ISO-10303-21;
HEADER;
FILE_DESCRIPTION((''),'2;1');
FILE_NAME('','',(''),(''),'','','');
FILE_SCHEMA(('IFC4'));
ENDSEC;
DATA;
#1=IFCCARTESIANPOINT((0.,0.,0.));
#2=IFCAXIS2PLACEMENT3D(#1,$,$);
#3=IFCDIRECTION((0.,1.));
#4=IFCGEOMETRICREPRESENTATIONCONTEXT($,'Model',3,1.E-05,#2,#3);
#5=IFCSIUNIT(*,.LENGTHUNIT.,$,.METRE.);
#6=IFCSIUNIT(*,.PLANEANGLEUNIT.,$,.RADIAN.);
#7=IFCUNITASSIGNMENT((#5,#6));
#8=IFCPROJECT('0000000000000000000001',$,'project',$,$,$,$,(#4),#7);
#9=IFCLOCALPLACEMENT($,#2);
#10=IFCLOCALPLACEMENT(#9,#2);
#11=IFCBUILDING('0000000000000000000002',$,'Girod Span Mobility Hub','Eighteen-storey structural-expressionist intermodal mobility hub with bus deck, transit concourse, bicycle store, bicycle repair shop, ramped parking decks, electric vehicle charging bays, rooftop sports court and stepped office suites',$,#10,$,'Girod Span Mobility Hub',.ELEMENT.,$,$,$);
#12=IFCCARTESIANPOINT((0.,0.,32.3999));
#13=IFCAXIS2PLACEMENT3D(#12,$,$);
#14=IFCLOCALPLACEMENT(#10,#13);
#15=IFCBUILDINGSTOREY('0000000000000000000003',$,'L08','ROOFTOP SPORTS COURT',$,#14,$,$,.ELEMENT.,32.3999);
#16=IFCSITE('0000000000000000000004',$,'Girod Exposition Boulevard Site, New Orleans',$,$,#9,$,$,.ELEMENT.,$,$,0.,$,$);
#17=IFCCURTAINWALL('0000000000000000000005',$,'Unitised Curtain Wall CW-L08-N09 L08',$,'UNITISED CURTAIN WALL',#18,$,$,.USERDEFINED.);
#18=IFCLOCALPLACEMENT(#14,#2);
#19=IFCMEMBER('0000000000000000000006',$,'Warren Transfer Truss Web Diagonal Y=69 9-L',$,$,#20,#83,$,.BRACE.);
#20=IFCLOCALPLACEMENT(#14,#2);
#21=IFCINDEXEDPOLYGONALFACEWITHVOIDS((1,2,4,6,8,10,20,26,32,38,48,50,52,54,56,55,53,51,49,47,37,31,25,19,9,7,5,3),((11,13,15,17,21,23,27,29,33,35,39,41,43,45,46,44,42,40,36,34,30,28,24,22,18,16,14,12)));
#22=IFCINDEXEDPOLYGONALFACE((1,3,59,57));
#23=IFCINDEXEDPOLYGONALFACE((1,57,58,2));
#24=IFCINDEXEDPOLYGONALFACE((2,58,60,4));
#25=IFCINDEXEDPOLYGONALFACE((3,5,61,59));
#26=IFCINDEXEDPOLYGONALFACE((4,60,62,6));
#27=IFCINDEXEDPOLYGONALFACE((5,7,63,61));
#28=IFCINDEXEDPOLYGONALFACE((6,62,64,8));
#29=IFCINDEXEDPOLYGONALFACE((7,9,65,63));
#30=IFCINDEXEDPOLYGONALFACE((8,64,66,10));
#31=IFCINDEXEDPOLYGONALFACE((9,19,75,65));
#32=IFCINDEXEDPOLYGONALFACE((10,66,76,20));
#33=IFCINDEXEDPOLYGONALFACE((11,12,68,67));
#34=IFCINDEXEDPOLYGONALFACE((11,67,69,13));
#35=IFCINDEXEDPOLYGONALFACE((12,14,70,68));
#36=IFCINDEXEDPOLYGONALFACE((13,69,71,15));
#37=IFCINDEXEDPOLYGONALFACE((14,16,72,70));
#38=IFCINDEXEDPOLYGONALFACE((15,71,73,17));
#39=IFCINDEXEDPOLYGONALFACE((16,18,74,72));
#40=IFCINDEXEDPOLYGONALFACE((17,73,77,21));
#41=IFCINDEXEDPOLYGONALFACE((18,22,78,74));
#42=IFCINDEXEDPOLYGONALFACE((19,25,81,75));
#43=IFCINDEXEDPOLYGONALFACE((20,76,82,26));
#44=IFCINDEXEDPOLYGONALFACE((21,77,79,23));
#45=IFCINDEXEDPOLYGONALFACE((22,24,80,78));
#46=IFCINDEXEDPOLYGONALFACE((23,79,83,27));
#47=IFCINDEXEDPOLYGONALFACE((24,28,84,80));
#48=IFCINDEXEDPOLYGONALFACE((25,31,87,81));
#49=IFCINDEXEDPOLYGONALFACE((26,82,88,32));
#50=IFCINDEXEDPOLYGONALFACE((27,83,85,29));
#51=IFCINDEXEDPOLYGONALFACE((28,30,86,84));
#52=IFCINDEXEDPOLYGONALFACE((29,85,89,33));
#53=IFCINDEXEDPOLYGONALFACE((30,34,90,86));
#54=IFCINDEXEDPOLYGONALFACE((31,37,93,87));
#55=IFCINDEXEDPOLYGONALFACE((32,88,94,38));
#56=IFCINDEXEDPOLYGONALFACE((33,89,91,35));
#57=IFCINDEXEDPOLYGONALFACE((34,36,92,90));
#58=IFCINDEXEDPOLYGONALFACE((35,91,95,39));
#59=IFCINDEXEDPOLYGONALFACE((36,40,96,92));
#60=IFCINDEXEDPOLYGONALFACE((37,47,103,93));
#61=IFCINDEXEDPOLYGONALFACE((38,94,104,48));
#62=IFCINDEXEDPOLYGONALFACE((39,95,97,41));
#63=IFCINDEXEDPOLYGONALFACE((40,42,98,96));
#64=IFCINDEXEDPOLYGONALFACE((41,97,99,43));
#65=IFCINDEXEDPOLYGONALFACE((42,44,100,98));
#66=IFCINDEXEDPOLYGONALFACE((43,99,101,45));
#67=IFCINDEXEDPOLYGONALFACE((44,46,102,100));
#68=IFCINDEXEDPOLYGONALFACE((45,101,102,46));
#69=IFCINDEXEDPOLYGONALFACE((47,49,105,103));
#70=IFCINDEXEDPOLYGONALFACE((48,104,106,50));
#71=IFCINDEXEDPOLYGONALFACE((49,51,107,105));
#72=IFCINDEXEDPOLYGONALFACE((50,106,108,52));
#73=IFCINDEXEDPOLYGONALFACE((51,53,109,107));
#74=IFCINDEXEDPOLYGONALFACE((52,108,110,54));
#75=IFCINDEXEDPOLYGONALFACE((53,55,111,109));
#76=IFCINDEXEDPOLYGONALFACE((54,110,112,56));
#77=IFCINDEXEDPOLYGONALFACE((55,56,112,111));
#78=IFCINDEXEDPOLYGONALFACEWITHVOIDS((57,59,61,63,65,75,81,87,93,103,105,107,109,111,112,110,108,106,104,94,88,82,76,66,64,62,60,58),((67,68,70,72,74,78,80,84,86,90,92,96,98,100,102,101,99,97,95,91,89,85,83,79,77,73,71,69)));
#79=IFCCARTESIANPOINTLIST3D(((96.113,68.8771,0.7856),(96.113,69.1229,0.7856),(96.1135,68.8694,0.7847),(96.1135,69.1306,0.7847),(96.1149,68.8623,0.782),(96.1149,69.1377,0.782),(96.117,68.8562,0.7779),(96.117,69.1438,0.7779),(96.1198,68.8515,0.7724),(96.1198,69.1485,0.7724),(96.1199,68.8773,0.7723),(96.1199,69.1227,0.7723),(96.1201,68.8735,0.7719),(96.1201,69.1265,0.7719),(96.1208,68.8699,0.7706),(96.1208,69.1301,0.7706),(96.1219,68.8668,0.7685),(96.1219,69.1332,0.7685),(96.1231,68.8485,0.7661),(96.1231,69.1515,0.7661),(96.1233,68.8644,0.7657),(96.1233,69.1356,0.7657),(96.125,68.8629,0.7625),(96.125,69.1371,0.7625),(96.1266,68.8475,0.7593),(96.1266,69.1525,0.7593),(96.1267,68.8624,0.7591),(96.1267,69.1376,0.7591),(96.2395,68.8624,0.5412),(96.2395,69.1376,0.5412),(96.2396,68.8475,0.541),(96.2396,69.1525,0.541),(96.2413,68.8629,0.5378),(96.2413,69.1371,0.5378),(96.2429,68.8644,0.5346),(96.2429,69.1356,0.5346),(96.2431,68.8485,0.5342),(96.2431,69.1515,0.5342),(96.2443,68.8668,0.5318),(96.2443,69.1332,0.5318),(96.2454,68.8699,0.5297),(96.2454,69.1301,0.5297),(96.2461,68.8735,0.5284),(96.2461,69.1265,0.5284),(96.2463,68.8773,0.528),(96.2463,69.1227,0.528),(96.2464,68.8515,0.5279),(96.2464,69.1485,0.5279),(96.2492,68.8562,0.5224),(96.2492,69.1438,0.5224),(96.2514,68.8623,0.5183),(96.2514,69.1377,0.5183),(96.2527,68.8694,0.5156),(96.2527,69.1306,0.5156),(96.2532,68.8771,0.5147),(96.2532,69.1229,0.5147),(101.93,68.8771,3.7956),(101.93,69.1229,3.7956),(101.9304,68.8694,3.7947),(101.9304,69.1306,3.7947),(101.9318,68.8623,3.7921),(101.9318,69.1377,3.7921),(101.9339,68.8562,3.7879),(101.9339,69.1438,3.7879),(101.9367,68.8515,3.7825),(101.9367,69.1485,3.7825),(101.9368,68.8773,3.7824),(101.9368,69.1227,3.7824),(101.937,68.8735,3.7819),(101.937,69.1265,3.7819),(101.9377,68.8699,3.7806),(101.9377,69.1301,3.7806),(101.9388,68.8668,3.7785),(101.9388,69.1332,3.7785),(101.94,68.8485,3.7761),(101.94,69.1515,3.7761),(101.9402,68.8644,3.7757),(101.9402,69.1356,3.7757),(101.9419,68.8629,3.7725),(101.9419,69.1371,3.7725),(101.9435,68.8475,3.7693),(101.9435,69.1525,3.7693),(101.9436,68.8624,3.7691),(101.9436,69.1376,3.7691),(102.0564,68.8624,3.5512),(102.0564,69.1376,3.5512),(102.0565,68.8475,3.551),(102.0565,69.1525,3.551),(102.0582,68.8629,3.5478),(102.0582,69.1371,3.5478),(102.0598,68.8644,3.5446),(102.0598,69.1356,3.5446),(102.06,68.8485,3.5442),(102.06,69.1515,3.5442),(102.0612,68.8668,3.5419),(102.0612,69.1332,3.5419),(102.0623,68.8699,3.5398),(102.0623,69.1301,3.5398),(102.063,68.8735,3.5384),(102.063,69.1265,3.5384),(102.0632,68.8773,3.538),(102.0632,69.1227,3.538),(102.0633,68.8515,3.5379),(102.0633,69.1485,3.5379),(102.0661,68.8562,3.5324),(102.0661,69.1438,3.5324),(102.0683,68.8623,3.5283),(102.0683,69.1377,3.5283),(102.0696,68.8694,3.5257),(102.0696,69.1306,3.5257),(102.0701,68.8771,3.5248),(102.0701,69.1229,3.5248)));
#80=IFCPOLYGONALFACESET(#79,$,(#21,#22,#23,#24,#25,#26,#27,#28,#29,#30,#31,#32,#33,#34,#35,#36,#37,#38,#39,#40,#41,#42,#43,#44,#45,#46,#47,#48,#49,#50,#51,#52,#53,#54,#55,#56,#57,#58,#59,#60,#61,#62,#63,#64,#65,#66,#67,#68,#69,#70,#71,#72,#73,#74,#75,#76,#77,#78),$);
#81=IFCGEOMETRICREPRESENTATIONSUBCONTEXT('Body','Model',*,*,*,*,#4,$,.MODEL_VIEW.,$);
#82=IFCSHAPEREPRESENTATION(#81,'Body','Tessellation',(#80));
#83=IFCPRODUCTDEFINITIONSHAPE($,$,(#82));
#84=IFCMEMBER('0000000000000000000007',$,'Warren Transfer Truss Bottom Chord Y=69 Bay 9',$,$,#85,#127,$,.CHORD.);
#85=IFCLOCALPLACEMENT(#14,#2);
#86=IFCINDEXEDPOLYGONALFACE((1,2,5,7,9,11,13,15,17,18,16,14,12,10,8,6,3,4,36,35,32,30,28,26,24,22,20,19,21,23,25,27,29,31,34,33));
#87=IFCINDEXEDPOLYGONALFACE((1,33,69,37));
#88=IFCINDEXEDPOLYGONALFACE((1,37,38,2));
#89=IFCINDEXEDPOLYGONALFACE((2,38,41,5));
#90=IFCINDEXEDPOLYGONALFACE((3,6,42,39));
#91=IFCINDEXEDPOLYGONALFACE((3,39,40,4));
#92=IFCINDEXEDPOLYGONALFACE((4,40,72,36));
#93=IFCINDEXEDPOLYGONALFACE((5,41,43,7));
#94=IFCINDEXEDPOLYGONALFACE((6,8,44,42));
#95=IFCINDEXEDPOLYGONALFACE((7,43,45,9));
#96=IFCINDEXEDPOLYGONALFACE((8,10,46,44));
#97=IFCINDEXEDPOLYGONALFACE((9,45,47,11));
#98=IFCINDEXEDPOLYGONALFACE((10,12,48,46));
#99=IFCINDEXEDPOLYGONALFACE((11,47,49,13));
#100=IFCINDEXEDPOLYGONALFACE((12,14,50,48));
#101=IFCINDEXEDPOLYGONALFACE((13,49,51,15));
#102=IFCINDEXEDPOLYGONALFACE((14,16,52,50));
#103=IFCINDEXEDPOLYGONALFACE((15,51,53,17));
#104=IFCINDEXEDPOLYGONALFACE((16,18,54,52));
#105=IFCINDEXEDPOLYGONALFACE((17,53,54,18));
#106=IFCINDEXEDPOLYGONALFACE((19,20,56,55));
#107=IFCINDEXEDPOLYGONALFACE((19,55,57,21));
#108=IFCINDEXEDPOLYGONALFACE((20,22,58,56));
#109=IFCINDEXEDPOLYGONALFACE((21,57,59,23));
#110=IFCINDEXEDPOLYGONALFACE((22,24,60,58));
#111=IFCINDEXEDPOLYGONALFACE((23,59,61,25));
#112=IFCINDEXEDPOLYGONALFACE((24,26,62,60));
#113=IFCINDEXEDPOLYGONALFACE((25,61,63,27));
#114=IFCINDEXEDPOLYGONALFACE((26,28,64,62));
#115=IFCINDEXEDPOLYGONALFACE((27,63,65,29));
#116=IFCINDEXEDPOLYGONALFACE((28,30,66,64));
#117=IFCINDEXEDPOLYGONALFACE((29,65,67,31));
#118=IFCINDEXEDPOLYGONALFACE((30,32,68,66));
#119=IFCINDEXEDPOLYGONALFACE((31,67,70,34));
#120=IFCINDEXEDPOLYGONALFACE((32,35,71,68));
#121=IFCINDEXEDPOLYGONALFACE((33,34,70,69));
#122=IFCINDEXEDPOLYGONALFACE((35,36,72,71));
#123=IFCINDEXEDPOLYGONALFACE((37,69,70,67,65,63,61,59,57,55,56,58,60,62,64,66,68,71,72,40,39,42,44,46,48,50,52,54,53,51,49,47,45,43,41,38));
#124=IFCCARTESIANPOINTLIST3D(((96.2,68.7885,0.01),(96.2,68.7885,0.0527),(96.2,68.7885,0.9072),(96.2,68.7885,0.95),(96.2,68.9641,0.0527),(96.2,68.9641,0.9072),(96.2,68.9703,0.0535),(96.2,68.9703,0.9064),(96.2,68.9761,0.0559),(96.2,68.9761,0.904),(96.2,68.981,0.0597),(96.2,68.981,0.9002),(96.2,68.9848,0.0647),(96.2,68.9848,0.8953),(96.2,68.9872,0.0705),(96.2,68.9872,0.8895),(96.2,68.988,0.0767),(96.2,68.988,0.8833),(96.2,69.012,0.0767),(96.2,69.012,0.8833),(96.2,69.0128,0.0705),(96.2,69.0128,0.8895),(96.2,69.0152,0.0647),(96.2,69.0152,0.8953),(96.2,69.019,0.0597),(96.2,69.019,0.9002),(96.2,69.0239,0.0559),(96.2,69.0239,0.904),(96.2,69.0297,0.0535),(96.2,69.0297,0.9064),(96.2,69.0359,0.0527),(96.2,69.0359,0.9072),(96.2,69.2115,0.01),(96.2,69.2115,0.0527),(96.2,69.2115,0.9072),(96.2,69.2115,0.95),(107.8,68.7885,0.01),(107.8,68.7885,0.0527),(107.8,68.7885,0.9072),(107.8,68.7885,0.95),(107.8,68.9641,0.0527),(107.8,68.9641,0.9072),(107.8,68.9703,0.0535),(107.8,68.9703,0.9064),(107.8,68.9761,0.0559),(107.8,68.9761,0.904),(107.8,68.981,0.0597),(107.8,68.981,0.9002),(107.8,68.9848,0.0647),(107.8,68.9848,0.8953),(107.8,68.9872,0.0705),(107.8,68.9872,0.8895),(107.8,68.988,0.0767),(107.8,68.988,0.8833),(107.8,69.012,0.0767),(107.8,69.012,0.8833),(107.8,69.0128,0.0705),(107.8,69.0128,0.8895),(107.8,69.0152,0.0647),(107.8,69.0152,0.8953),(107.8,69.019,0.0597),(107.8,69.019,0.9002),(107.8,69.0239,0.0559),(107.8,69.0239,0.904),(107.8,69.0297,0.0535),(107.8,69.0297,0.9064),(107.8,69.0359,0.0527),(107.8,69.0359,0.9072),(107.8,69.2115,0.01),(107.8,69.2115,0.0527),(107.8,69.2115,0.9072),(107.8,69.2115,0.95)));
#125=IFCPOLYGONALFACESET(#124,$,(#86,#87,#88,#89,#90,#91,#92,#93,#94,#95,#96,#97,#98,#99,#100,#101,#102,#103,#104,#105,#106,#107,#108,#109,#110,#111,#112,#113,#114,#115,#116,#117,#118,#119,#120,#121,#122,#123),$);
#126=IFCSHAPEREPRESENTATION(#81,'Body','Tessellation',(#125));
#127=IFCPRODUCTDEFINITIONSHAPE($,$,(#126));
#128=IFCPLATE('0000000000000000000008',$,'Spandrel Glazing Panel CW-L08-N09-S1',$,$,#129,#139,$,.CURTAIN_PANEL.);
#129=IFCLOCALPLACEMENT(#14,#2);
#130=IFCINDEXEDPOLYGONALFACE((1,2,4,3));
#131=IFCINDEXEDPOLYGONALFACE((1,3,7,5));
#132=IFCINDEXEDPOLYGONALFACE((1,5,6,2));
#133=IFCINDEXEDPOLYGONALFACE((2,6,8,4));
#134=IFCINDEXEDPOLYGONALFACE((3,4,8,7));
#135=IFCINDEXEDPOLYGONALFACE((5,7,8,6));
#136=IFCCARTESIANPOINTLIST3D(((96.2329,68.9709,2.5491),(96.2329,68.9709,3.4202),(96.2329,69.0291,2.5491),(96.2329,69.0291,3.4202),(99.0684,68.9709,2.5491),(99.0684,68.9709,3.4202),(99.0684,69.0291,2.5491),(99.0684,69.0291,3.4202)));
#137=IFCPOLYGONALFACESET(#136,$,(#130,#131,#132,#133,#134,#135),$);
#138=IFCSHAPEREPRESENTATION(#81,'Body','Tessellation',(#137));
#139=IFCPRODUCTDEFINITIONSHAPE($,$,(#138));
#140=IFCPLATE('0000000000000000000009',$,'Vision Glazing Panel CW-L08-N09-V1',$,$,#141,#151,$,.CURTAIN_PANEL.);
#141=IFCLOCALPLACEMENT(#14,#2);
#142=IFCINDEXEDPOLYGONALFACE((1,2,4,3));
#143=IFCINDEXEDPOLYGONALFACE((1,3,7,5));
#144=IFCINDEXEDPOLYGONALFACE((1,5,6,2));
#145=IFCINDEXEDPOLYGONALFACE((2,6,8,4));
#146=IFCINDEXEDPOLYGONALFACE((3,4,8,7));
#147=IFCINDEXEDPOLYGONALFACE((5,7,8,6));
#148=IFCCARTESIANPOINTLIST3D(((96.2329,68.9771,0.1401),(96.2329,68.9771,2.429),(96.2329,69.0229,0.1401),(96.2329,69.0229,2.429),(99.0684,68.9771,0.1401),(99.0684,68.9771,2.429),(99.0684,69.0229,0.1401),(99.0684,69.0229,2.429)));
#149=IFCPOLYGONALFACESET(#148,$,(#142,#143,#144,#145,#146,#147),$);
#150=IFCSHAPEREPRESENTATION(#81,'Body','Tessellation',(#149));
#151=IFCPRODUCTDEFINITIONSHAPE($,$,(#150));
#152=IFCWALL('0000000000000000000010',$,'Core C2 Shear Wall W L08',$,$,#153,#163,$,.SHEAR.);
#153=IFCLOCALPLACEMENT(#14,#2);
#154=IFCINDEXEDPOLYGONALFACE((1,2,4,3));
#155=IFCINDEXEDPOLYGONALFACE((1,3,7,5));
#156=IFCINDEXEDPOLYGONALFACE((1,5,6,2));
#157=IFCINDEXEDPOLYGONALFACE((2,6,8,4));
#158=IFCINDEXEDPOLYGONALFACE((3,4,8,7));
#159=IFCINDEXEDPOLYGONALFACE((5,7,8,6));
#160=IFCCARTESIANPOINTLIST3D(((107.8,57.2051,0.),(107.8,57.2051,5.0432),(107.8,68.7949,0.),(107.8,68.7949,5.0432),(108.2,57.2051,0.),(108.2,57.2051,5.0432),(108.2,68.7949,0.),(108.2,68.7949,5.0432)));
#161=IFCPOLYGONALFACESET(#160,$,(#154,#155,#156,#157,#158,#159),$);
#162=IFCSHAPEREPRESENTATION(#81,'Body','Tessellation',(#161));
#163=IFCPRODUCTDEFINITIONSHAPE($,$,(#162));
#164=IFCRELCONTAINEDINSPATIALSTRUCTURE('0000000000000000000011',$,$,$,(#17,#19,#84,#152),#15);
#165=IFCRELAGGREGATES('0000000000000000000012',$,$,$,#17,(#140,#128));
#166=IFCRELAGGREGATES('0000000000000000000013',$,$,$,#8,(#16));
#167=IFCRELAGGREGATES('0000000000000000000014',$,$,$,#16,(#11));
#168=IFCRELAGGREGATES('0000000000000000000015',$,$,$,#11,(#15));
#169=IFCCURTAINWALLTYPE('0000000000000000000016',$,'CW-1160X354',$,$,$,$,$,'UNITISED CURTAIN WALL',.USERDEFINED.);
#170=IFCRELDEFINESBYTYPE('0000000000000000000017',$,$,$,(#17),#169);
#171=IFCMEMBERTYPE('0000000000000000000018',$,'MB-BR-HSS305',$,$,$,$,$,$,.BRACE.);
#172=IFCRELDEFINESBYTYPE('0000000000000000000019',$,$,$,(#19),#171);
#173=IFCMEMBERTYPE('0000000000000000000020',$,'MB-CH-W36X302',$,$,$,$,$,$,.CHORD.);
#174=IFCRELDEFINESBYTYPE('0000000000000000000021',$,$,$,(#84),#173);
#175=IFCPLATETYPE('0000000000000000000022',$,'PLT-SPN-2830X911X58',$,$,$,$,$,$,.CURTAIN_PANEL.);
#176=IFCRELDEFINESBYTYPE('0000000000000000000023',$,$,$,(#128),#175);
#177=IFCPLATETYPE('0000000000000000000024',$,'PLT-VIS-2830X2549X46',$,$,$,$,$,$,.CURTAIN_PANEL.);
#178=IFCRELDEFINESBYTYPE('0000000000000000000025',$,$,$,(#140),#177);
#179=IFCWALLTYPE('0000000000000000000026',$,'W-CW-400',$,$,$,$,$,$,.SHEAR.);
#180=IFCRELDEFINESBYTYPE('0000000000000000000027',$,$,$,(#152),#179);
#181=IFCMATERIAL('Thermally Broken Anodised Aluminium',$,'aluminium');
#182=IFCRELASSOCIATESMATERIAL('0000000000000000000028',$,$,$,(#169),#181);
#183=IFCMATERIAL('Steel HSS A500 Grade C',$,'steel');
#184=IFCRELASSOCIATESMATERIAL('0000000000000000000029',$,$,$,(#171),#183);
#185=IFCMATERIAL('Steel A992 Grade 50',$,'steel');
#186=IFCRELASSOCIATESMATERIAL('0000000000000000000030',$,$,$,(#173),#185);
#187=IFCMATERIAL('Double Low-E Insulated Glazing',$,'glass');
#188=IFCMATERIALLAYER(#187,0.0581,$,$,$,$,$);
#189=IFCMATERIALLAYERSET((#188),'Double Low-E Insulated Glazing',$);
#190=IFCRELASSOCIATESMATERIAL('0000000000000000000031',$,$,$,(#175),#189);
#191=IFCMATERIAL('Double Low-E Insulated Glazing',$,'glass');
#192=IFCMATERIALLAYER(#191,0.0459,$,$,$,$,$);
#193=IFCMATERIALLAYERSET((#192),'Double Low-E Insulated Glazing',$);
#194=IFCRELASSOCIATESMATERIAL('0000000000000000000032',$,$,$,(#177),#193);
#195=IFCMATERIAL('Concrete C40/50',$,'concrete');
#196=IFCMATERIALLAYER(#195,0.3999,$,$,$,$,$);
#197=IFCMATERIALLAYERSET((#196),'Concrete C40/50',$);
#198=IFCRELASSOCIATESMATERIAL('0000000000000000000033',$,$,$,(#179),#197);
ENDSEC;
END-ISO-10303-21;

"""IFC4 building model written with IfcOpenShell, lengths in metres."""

from ifc_helpers import new_model, si_unit, direction, frame, frame_2d, origin, origin_2d, place, context, subcontext, project, spatial, rectangle, hollow_rectangle, i_section, extrude, material, layer, layer_set, material_profile, profile_set, type_object, element, aggregate, save


model = new_model("IFC4")

# Units and contexts
model_context = context("Model", 3, precision=1e-05, world=origin(), true_north=direction((0.0, 1.0)))
body_context = subcontext(model_context, "Body", "Model", "MODEL_VIEW")
ifc_project = project(units=[si_unit("LENGTHUNIT", "METRE"), si_unit("PLANEANGLEUNIT", "RADIAN")], contexts=[model_context])

# Site, building, storey
site_placement = place(None, origin())
site = spatial("IfcSite", under=ifc_project, at=site_placement, Name="Girod Exposition Boulevard Site, New Orleans", CompositionType="ELEMENT", RefElevation=0.0)
building_placement = place(site_placement, origin())
building = spatial("IfcBuilding", under=site, at=building_placement, Name="Girod Span Mobility Hub", Description="Eighteen-storey structural-expressionist intermodal mobility hub with bus deck, transit concourse, bicycle store, bicycle repair shop, ramped parking decks, electric vehicle charging bays, rooftop sports court and stepped office suites", LongName="Girod Span Mobility Hub", CompositionType="ELEMENT")
storey_placement = place(building_placement, frame((0.0, 0.0, 32.3999)))
storey = spatial("IfcBuildingStorey", under=building, at=storey_placement, Name="L08", Description="ROOFTOP SPORTS COURT", CompositionType="ELEMENT", Elevation=32.3999)

# Curtain wall
ifc_material_1 = material(Name="Thermally Broken Anodised Aluminium", Category="aluminium")
curtain_wall_type = type_object("IfcCurtainWallType", Name="CW-1160X354", ElementType="UNITISED CURTAIN WALL", PredefinedType="USERDEFINED", material=ifc_material_1)
curtain_wall_placement = place(storey_placement, origin())
curtain_wall = element("IfcCurtainWall", 1, at=curtain_wall_placement, inside=storey, type_object=curtain_wall_type, Name="Unitised Curtain Wall CW-L08-N09 L08", ObjectType="UNITISED CURTAIN WALL", PredefinedType="USERDEFINED")

# Members
ifc_material_2 = material(Name="Steel HSS A500 Grade C", Category="steel")
ifc_material_profile_1 = material_profile(ifc_material_2, hollow_rectangle(XDim=0.3049, YDim=0.3049, WallThickness=0.0149, InnerFilletRadius=0.0149, OuterFilletRadius=0.0295, at=origin_2d()), Name="HSS305X305X16")
ifc_profile_set_1 = profile_set([ifc_material_profile_1], Name="Steel HSS A500 Grade C")
member_type_1 = type_object("IfcMemberType", Name="MB-BR-HSS305", PredefinedType="BRACE", material=ifc_profile_set_1)
member_1_placement = place(storey_placement, frame((96.1831, 69.0, 0.6501), z_axis=(0.888138, 0.0, 0.459576), x_axis=(0.0, 1.0, 0.0)))
element("IfcMember", 2, at=member_1_placement, inside=storey, type_object=member_type_1, Name="Warren Transfer Truss Web Diagonal Y=69 9-L", PredefinedType="BRACE", context=body_context, shape_type="SweptSolid", body=[
    extrude(hollow_rectangle(XDim=0.3049, YDim=0.3049, WallThickness=0.0149, InnerFilletRadius=0.0149, OuterFilletRadius=0.0295, at=origin_2d()), origin(), (0.0, 0.0, 1.0), 6.5496),
])
ifc_material_3 = material(Name="Steel A992 Grade 50", Category="steel")
ifc_material_profile_2 = material_profile(ifc_material_3, i_section(OverallWidth=0.4231, OverallDepth=0.9399, WebThickness=0.0239, FlangeThickness=0.0427, FilletRadius=0.0239, at=origin_2d()), Name="W36X302")
ifc_profile_set_2 = profile_set([ifc_material_profile_2], Name="Steel A992 Grade 50")
member_type_2 = type_object("IfcMemberType", Name="MB-CH-W36X302", PredefinedType="CHORD", material=ifc_profile_set_2)
member_2_placement = place(storey_placement, frame((96.2, 69.0, 0.48), z_axis=(1.0, 0.0, 0.0), x_axis=(0.0, 1.0, 0.0)))
element("IfcMember", 3, at=member_2_placement, inside=storey, type_object=member_type_2, Name="Warren Transfer Truss Bottom Chord Y=69 Bay 9", PredefinedType="CHORD", context=body_context, shape_type="SweptSolid", body=[
    extrude(i_section(OverallWidth=0.4231, OverallDepth=0.9399, WebThickness=0.0239, FlangeThickness=0.0427, FilletRadius=0.0239, at=origin_2d()), origin(), (0.0, 0.0, 1.0), 11.6001),
])

# Plates
ifc_material_4 = material(Name="Double Low-E Insulated Glazing", Category="glass")
ifc_layer_1 = layer(ifc_material_4, 0.0581)
ifc_layer_set_1 = layer_set([ifc_layer_1], Name="Double Low-E Insulated Glazing")
plate_type_1 = type_object("IfcPlateType", Name="PLT-SPN-2830X911X58", PredefinedType="CURTAIN_PANEL", material=ifc_layer_set_1)
plate_1_placement = place(storey_placement, frame((97.6506, 69.0, 2.5491), z_axis=(0.0, 0.0, 1.0), x_axis=(1.0, 0.0, 0.0)))
plate_1 = element("IfcPlate", 4, at=plate_1_placement, type_object=plate_type_1, Name="Spandrel Glazing Panel CW-L08-N09-S1", PredefinedType="CURTAIN_PANEL", context=body_context, shape_type="SweptSolid", body=[
    extrude(rectangle(XDim=2.8354, YDim=0.0581, at=origin_2d()), origin(), (0.0, 0.0, 1.0), 0.8711),
])
ifc_material_5 = material(Name="Double Low-E Insulated Glazing", Category="glass")
ifc_layer_2 = layer(ifc_material_5, 0.0459)
ifc_layer_set_2 = layer_set([ifc_layer_2], Name="Double Low-E Insulated Glazing")
plate_type_2 = type_object("IfcPlateType", Name="PLT-VIS-2830X2549X46", PredefinedType="CURTAIN_PANEL", material=ifc_layer_set_2)
plate_2_placement = place(storey_placement, frame((97.6506, 69.0, 0.1401), z_axis=(0.0, 0.0, 1.0), x_axis=(1.0, 0.0, 0.0)))
plate_2 = element("IfcPlate", 5, at=plate_2_placement, type_object=plate_type_2, Name="Vision Glazing Panel CW-L08-N09-V1", PredefinedType="CURTAIN_PANEL", context=body_context, shape_type="SweptSolid", body=[
    extrude(rectangle(XDim=2.8354, YDim=0.0459, at=origin_2d()), origin(), (0.0, 0.0, 1.0), 2.2888),
])
aggregate(curtain_wall, [plate_2, plate_1])

# Wall
ifc_material_6 = material(Name="Concrete C40/50", Category="concrete")
ifc_layer_3 = layer(ifc_material_6, 0.3999)
ifc_layer_set_3 = layer_set([ifc_layer_3], Name="Concrete C40/50")
wall_type = type_object("IfcWallType", Name="W-CW-400", PredefinedType="SHEAR", material=ifc_layer_set_3)
wall_placement = place(storey_placement, frame((108.0, 57.2051, 0.0), z_axis=(0.0, 0.0, 1.0), x_axis=(0.0, 1.0, 0.0)))
element("IfcWall", 6, at=wall_placement, inside=storey, type_object=wall_type, Name="Core C2 Shear Wall W L08", PredefinedType="SHEAR", context=body_context, shape_type="SweptSolid", body=[
    extrude(rectangle(XDim=11.5898, YDim=0.3999, at=frame_2d((5.7949, 0.0))), origin(), (0.0, 0.0, 1.0), 5.0432),
])

save(model, "model.ifc")
